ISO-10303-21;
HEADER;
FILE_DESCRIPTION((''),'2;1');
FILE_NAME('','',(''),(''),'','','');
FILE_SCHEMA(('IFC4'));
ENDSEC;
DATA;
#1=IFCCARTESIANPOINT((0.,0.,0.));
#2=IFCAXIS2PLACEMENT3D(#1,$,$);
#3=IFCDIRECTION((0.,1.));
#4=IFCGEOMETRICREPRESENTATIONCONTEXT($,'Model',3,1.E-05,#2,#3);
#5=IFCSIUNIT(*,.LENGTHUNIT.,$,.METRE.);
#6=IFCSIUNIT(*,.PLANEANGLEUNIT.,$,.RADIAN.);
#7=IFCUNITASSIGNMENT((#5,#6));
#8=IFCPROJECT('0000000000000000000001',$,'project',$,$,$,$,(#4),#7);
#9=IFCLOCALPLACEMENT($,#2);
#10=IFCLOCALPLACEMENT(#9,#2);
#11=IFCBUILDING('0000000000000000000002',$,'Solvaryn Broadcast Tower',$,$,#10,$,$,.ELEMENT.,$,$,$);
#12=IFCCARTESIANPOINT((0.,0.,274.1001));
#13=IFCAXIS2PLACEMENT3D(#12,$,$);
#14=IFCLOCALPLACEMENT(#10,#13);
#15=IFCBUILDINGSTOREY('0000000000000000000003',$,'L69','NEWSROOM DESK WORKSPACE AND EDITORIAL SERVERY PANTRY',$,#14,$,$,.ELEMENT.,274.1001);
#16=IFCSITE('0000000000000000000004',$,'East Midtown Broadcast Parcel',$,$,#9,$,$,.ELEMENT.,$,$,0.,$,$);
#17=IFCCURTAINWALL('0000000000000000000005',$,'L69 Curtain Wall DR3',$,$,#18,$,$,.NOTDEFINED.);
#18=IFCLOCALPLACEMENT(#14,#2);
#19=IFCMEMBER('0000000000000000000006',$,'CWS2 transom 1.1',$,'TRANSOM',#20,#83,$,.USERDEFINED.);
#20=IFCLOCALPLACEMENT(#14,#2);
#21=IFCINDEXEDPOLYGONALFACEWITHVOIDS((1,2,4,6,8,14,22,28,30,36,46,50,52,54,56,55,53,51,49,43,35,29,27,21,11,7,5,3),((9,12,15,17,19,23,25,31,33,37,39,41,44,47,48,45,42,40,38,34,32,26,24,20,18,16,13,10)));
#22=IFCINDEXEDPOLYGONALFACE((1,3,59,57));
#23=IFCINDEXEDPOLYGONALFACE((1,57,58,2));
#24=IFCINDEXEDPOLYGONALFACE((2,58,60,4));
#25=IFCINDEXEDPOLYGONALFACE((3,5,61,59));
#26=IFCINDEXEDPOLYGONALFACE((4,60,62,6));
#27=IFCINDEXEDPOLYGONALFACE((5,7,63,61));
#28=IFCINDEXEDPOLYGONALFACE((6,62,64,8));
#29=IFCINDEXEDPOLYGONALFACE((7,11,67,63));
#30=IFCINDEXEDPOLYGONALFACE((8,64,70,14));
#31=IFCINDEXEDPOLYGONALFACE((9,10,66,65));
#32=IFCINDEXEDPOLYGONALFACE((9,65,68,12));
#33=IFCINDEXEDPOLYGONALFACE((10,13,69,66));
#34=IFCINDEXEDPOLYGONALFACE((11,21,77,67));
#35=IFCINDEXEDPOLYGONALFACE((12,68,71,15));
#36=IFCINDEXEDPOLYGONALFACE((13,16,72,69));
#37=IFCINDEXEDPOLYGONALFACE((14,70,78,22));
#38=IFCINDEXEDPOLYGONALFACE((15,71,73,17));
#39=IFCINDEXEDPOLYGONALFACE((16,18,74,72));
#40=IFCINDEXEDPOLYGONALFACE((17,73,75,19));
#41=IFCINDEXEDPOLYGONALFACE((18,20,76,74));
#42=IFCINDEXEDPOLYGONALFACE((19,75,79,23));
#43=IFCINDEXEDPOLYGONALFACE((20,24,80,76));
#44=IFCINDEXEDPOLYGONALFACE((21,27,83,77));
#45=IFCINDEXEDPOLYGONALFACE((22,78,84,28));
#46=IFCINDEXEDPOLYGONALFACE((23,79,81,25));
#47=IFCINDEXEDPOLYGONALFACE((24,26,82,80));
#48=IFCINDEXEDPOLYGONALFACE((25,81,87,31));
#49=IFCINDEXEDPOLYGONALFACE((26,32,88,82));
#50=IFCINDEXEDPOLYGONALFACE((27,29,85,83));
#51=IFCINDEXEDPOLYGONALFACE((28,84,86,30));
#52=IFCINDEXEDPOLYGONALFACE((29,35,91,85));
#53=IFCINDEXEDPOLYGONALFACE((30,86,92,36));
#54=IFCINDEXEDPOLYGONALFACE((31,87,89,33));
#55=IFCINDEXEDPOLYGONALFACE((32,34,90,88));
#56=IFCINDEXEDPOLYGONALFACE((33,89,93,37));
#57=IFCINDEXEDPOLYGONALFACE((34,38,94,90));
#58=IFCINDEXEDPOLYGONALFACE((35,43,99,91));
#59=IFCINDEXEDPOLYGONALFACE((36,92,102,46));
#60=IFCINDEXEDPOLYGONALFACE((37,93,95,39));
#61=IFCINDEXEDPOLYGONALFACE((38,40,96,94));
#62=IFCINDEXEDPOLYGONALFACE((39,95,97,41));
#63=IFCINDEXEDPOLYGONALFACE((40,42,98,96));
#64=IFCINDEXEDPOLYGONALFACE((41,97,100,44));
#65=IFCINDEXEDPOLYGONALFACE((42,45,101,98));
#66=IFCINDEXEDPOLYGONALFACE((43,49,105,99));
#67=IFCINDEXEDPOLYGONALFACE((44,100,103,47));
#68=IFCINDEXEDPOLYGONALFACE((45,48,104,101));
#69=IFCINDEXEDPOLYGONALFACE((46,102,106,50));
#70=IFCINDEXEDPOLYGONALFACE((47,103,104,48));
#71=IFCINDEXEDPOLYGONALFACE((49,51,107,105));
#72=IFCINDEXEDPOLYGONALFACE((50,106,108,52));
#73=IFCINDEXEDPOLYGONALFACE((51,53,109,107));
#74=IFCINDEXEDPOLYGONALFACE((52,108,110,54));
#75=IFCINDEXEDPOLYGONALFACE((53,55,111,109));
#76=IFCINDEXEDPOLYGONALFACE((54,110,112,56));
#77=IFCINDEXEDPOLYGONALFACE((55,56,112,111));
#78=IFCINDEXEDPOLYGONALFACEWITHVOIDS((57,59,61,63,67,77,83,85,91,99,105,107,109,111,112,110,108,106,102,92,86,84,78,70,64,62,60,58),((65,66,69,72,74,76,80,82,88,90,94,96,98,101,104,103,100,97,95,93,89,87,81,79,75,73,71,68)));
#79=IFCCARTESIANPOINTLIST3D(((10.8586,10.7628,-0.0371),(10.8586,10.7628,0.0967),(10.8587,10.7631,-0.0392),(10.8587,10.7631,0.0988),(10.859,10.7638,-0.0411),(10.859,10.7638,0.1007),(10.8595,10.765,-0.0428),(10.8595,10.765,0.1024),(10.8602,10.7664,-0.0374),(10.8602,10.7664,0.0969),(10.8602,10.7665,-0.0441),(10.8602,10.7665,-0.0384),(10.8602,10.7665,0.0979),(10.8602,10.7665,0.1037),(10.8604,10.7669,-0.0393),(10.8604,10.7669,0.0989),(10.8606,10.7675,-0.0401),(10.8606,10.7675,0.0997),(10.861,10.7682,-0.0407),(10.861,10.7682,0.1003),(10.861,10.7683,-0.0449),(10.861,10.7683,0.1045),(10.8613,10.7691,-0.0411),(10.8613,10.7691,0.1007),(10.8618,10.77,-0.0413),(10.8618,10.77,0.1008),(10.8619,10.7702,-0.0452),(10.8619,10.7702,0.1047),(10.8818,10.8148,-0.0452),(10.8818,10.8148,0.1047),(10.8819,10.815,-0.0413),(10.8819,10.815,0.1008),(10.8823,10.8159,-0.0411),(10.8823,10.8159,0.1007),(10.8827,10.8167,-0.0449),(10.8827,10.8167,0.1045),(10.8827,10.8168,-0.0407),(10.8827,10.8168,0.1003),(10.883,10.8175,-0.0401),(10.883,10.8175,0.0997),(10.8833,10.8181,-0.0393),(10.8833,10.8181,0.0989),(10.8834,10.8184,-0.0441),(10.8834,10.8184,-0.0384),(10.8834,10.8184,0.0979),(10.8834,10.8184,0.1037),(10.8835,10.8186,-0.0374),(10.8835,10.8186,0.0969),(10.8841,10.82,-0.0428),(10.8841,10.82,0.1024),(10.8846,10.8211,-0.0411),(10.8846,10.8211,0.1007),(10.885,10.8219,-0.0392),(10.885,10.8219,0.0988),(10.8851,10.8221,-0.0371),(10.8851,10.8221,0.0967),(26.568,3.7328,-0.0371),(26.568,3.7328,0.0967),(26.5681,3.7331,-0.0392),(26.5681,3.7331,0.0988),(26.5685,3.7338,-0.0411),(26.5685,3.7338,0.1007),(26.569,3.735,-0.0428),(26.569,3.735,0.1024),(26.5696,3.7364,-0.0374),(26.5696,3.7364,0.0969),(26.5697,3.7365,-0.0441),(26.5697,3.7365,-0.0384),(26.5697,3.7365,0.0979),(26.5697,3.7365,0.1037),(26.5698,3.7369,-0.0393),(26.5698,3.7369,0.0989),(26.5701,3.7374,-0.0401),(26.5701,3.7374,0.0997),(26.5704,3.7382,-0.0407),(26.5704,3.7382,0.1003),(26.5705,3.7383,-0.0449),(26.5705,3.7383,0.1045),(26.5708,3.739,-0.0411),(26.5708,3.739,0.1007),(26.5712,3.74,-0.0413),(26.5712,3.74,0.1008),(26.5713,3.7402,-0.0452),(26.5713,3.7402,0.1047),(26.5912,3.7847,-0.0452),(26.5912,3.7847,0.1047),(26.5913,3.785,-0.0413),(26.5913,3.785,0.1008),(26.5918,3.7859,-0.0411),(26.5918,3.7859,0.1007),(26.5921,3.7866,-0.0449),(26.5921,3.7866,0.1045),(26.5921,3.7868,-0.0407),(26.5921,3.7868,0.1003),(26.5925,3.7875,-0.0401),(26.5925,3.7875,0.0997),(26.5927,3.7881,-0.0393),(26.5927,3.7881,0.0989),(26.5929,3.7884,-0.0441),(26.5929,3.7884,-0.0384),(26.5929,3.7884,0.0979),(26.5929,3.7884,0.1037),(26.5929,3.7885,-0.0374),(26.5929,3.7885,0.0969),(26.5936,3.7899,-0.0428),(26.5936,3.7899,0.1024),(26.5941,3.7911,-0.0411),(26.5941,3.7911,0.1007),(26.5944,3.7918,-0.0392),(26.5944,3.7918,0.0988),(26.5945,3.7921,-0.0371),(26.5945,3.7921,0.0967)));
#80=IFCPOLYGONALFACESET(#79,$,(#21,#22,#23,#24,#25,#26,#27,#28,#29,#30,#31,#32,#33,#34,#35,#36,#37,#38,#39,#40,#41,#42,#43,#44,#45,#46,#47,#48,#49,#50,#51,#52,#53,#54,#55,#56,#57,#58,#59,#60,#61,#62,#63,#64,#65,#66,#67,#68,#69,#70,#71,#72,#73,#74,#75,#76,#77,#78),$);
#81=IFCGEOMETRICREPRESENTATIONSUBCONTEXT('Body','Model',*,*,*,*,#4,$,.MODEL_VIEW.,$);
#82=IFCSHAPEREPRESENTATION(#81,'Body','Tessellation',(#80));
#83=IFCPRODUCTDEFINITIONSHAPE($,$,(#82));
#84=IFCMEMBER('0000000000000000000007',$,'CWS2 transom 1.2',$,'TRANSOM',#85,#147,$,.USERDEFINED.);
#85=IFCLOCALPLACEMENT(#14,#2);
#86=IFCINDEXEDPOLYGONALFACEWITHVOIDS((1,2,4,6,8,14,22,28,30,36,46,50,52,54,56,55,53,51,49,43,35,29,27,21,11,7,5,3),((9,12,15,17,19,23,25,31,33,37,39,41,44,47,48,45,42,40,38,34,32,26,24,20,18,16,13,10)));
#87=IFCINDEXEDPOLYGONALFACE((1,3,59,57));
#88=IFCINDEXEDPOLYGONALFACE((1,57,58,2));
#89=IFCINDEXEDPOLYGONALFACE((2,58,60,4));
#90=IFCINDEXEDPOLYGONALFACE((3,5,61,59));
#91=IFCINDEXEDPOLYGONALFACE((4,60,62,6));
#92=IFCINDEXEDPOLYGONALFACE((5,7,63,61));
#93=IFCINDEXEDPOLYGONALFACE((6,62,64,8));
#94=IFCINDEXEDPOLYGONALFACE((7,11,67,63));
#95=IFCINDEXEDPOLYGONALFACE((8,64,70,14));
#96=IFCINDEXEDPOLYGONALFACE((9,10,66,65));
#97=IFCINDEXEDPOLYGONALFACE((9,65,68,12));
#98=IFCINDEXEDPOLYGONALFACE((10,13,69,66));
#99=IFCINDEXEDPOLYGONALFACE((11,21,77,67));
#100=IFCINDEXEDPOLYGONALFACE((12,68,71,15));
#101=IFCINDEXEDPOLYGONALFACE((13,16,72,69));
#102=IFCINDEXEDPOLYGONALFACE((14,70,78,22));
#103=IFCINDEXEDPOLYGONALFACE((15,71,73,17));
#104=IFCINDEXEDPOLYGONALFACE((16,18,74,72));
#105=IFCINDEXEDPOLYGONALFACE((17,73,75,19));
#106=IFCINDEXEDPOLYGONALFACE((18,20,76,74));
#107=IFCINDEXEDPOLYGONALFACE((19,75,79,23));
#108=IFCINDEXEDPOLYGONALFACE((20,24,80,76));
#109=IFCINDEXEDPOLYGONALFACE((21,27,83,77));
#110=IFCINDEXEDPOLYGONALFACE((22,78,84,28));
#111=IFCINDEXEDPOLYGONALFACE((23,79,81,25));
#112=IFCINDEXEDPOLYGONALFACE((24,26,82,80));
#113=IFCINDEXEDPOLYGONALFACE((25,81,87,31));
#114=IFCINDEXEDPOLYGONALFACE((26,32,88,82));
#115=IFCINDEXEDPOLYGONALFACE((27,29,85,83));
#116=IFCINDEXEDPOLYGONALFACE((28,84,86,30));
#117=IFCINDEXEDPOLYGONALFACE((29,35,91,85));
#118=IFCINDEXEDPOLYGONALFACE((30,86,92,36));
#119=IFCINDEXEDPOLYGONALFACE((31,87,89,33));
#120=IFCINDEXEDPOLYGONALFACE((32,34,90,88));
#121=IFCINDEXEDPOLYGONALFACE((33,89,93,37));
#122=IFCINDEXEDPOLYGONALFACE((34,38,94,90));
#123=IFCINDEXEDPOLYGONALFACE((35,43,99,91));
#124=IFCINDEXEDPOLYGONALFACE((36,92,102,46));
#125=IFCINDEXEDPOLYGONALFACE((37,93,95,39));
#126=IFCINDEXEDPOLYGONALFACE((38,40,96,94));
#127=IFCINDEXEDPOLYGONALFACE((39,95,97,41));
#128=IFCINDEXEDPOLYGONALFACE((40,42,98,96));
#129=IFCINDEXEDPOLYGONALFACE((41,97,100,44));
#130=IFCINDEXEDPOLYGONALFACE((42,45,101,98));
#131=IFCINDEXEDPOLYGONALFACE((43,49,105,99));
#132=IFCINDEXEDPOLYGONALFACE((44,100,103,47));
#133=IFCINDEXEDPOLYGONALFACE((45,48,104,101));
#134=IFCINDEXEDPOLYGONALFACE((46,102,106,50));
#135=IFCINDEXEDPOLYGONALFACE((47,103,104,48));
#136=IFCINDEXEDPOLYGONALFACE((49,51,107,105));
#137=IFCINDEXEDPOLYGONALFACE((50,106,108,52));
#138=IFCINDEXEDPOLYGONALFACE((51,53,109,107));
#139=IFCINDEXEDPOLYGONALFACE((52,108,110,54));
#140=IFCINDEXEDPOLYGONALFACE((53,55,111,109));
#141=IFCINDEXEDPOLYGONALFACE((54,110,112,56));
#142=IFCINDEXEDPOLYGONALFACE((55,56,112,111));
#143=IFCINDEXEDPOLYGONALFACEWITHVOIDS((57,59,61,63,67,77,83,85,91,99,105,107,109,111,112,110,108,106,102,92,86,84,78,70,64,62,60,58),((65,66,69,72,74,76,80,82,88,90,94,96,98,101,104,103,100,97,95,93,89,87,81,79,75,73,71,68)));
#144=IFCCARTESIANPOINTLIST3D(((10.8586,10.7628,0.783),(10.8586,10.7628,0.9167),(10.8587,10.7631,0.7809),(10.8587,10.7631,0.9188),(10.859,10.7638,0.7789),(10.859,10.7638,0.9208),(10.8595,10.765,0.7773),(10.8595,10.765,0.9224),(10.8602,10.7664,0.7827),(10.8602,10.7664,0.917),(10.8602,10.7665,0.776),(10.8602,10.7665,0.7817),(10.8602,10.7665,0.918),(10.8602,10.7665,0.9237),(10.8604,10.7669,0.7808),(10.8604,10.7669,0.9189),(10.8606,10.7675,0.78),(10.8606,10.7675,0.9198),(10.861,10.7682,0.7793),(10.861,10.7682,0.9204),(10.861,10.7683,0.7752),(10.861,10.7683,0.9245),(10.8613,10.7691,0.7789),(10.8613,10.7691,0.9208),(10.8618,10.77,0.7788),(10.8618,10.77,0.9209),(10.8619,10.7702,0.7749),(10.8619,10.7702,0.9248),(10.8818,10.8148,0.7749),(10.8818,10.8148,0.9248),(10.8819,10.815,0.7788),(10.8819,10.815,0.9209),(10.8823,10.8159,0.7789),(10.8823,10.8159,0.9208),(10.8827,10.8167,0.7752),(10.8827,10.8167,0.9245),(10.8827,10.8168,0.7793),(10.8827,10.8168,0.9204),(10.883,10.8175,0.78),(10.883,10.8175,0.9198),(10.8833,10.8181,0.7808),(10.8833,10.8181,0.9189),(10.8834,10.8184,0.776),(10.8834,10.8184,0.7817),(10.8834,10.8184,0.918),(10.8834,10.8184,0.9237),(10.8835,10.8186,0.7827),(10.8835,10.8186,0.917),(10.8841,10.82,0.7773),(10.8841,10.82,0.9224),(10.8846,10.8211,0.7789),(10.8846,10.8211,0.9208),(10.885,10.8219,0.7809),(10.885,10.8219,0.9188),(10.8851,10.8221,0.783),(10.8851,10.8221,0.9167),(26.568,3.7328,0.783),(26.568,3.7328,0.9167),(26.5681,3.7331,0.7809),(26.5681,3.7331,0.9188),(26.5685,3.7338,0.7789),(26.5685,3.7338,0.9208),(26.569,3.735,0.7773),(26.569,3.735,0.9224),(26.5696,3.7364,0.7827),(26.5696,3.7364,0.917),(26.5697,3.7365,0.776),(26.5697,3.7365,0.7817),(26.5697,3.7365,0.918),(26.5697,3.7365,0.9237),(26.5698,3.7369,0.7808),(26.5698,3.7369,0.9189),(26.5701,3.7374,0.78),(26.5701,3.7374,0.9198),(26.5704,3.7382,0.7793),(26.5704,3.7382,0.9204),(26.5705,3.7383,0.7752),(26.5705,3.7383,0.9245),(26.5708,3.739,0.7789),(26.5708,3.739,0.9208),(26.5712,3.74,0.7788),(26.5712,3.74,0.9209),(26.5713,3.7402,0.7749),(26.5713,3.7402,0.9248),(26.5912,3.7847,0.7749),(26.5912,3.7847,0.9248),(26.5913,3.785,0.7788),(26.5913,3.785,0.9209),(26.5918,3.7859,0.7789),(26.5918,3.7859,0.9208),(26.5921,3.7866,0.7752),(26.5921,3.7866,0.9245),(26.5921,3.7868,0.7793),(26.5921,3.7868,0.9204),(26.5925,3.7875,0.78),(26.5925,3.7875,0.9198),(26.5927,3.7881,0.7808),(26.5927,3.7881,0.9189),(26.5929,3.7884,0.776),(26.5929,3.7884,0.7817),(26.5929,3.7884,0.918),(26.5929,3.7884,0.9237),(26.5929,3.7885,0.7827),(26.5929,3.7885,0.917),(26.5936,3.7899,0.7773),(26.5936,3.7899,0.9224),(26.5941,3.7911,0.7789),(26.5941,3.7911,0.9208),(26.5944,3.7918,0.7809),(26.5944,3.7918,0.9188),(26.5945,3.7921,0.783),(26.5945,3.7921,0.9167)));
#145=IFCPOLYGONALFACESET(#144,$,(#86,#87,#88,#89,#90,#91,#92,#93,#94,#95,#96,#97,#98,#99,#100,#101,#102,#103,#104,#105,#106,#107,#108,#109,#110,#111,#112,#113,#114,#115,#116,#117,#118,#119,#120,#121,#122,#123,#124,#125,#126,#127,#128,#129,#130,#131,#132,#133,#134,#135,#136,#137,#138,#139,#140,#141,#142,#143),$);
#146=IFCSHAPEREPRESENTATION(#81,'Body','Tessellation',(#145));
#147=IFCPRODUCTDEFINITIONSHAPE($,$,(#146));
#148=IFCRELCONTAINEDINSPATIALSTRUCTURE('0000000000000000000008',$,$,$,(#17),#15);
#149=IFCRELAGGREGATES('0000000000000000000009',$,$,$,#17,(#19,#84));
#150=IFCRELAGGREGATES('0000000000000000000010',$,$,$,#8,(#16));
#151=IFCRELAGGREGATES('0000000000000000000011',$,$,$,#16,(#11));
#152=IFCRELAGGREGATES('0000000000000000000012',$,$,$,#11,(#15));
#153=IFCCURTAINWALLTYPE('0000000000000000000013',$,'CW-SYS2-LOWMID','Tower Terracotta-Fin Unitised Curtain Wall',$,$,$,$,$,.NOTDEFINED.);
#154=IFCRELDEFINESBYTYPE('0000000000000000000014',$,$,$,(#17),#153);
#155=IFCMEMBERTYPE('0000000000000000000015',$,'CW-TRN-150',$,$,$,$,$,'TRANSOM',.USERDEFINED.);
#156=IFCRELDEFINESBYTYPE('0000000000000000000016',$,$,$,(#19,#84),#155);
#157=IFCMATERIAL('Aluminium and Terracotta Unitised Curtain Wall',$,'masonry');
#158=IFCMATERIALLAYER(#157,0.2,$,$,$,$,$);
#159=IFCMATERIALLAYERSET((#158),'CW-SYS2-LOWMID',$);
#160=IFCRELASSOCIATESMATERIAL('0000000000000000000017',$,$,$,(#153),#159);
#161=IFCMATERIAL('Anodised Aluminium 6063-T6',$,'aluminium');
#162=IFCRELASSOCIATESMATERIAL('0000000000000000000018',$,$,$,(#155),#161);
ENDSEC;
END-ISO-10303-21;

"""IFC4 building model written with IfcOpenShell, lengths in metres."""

from ifc_helpers import new_model, si_unit, direction, frame, origin, origin_2d, place, context, subcontext, project, spatial, hollow_rectangle, extrude, material, layer, layer_set, material_profile, profile_set, type_object, element, aggregate, save


model = new_model("IFC4")

# Units and contexts
model_context = context("Model", 3, precision=1e-05, world=origin(), true_north=direction((0.0, 1.0)))
body_context = subcontext(model_context, "Body", "Model", "MODEL_VIEW")
ifc_project = project(units=[si_unit("LENGTHUNIT", "METRE"), si_unit("PLANEANGLEUNIT", "RADIAN")], contexts=[model_context])

# Site, building, storey
site_placement = place(None, origin())
site = spatial("IfcSite", under=ifc_project, at=site_placement, Name="East Midtown Broadcast Parcel", CompositionType="ELEMENT", RefElevation=0.0)
building_placement = place(site_placement, origin())
building = spatial("IfcBuilding", under=site, at=building_placement, Name="Solvaryn Broadcast Tower", CompositionType="ELEMENT")
storey_placement = place(building_placement, frame((0.0, 0.0, 274.1001)))
storey = spatial("IfcBuildingStorey", under=building, at=storey_placement, Name="L69", Description="NEWSROOM DESK WORKSPACE AND EDITORIAL SERVERY PANTRY", CompositionType="ELEMENT", Elevation=274.1001)

# Shared definitions
ifc_material_1 = material(Name="Aluminium and Terracotta Unitised Curtain Wall", Category="masonry")
ifc_layer_1 = layer(ifc_material_1, 0.2)
ifc_layer_set_1 = layer_set([ifc_layer_1], Name="CW-SYS2-LOWMID")
curtain_wall_type = type_object("IfcCurtainWallType", Name="CW-SYS2-LOWMID", Description="Tower Terracotta-Fin Unitised Curtain Wall", PredefinedType="NOTDEFINED", material=ifc_layer_set_1)

# Curtain wall, members
curtain_wall_1_placement = place(storey_placement, origin())
curtain_wall_1 = element("IfcCurtainWall", 1, at=curtain_wall_1_placement, inside=storey, type_object=curtain_wall_type, Name="L69 Curtain Wall DR3", PredefinedType="NOTDEFINED")
ifc_material_2 = material(Name="Anodised Aluminium 6063-T6", Category="aluminium")
ifc_material_profile_1 = material_profile(ifc_material_2, hollow_rectangle(XDim=0.0649, YDim=0.1499, WallThickness=0.0039, InnerFilletRadius=0.0039, OuterFilletRadius=0.0081, at=origin_2d()))
ifc_profile_set_1 = profile_set([ifc_material_profile_1], Name="Anodised Aluminium 6063-T6")
member_type_1 = type_object("IfcMemberType", Name="CW-TRN-150", ElementType="TRANSOM", PredefinedType="USERDEFINED", material=ifc_profile_set_1)
member_1_placement = place(storey_placement, frame((10.8718, 10.7925, 0.0298), z_axis=(0.912773, -0.408468, 0.0), x_axis=(0.408468, 0.912773, 0.0)))
member_1 = element("IfcMember", 2, at=member_1_placement, type_object=member_type_1, Name="CWS2 transom 1.1", ObjectType="TRANSOM", PredefinedType="USERDEFINED", context=body_context, shape_type="SweptSolid", body=[
    extrude(hollow_rectangle(XDim=0.0649, YDim=0.1499, WallThickness=0.0039, InnerFilletRadius=0.0039, OuterFilletRadius=0.0081, at=origin_2d()), origin(), (0.0, 0.0, 1.0), 17.2107),
])
member_2_placement = place(storey_placement, frame((10.8718, 10.7925, 0.8499), z_axis=(0.912773, -0.408468, 0.0), x_axis=(0.408468, 0.912773, 0.0)))
member_2 = element("IfcMember", 3, at=member_2_placement, type_object=member_type_1, Name="CWS2 transom 1.2", ObjectType="TRANSOM", PredefinedType="USERDEFINED", context=body_context, shape_type="SweptSolid", body=[
    extrude(hollow_rectangle(XDim=0.0649, YDim=0.1499, WallThickness=0.0039, InnerFilletRadius=0.0039, OuterFilletRadius=0.0081, at=origin_2d()), origin(), (0.0, 0.0, 1.0), 17.2107),
])
aggregate(curtain_wall_1, [member_1, member_2])

save(model, "model.ifc")
